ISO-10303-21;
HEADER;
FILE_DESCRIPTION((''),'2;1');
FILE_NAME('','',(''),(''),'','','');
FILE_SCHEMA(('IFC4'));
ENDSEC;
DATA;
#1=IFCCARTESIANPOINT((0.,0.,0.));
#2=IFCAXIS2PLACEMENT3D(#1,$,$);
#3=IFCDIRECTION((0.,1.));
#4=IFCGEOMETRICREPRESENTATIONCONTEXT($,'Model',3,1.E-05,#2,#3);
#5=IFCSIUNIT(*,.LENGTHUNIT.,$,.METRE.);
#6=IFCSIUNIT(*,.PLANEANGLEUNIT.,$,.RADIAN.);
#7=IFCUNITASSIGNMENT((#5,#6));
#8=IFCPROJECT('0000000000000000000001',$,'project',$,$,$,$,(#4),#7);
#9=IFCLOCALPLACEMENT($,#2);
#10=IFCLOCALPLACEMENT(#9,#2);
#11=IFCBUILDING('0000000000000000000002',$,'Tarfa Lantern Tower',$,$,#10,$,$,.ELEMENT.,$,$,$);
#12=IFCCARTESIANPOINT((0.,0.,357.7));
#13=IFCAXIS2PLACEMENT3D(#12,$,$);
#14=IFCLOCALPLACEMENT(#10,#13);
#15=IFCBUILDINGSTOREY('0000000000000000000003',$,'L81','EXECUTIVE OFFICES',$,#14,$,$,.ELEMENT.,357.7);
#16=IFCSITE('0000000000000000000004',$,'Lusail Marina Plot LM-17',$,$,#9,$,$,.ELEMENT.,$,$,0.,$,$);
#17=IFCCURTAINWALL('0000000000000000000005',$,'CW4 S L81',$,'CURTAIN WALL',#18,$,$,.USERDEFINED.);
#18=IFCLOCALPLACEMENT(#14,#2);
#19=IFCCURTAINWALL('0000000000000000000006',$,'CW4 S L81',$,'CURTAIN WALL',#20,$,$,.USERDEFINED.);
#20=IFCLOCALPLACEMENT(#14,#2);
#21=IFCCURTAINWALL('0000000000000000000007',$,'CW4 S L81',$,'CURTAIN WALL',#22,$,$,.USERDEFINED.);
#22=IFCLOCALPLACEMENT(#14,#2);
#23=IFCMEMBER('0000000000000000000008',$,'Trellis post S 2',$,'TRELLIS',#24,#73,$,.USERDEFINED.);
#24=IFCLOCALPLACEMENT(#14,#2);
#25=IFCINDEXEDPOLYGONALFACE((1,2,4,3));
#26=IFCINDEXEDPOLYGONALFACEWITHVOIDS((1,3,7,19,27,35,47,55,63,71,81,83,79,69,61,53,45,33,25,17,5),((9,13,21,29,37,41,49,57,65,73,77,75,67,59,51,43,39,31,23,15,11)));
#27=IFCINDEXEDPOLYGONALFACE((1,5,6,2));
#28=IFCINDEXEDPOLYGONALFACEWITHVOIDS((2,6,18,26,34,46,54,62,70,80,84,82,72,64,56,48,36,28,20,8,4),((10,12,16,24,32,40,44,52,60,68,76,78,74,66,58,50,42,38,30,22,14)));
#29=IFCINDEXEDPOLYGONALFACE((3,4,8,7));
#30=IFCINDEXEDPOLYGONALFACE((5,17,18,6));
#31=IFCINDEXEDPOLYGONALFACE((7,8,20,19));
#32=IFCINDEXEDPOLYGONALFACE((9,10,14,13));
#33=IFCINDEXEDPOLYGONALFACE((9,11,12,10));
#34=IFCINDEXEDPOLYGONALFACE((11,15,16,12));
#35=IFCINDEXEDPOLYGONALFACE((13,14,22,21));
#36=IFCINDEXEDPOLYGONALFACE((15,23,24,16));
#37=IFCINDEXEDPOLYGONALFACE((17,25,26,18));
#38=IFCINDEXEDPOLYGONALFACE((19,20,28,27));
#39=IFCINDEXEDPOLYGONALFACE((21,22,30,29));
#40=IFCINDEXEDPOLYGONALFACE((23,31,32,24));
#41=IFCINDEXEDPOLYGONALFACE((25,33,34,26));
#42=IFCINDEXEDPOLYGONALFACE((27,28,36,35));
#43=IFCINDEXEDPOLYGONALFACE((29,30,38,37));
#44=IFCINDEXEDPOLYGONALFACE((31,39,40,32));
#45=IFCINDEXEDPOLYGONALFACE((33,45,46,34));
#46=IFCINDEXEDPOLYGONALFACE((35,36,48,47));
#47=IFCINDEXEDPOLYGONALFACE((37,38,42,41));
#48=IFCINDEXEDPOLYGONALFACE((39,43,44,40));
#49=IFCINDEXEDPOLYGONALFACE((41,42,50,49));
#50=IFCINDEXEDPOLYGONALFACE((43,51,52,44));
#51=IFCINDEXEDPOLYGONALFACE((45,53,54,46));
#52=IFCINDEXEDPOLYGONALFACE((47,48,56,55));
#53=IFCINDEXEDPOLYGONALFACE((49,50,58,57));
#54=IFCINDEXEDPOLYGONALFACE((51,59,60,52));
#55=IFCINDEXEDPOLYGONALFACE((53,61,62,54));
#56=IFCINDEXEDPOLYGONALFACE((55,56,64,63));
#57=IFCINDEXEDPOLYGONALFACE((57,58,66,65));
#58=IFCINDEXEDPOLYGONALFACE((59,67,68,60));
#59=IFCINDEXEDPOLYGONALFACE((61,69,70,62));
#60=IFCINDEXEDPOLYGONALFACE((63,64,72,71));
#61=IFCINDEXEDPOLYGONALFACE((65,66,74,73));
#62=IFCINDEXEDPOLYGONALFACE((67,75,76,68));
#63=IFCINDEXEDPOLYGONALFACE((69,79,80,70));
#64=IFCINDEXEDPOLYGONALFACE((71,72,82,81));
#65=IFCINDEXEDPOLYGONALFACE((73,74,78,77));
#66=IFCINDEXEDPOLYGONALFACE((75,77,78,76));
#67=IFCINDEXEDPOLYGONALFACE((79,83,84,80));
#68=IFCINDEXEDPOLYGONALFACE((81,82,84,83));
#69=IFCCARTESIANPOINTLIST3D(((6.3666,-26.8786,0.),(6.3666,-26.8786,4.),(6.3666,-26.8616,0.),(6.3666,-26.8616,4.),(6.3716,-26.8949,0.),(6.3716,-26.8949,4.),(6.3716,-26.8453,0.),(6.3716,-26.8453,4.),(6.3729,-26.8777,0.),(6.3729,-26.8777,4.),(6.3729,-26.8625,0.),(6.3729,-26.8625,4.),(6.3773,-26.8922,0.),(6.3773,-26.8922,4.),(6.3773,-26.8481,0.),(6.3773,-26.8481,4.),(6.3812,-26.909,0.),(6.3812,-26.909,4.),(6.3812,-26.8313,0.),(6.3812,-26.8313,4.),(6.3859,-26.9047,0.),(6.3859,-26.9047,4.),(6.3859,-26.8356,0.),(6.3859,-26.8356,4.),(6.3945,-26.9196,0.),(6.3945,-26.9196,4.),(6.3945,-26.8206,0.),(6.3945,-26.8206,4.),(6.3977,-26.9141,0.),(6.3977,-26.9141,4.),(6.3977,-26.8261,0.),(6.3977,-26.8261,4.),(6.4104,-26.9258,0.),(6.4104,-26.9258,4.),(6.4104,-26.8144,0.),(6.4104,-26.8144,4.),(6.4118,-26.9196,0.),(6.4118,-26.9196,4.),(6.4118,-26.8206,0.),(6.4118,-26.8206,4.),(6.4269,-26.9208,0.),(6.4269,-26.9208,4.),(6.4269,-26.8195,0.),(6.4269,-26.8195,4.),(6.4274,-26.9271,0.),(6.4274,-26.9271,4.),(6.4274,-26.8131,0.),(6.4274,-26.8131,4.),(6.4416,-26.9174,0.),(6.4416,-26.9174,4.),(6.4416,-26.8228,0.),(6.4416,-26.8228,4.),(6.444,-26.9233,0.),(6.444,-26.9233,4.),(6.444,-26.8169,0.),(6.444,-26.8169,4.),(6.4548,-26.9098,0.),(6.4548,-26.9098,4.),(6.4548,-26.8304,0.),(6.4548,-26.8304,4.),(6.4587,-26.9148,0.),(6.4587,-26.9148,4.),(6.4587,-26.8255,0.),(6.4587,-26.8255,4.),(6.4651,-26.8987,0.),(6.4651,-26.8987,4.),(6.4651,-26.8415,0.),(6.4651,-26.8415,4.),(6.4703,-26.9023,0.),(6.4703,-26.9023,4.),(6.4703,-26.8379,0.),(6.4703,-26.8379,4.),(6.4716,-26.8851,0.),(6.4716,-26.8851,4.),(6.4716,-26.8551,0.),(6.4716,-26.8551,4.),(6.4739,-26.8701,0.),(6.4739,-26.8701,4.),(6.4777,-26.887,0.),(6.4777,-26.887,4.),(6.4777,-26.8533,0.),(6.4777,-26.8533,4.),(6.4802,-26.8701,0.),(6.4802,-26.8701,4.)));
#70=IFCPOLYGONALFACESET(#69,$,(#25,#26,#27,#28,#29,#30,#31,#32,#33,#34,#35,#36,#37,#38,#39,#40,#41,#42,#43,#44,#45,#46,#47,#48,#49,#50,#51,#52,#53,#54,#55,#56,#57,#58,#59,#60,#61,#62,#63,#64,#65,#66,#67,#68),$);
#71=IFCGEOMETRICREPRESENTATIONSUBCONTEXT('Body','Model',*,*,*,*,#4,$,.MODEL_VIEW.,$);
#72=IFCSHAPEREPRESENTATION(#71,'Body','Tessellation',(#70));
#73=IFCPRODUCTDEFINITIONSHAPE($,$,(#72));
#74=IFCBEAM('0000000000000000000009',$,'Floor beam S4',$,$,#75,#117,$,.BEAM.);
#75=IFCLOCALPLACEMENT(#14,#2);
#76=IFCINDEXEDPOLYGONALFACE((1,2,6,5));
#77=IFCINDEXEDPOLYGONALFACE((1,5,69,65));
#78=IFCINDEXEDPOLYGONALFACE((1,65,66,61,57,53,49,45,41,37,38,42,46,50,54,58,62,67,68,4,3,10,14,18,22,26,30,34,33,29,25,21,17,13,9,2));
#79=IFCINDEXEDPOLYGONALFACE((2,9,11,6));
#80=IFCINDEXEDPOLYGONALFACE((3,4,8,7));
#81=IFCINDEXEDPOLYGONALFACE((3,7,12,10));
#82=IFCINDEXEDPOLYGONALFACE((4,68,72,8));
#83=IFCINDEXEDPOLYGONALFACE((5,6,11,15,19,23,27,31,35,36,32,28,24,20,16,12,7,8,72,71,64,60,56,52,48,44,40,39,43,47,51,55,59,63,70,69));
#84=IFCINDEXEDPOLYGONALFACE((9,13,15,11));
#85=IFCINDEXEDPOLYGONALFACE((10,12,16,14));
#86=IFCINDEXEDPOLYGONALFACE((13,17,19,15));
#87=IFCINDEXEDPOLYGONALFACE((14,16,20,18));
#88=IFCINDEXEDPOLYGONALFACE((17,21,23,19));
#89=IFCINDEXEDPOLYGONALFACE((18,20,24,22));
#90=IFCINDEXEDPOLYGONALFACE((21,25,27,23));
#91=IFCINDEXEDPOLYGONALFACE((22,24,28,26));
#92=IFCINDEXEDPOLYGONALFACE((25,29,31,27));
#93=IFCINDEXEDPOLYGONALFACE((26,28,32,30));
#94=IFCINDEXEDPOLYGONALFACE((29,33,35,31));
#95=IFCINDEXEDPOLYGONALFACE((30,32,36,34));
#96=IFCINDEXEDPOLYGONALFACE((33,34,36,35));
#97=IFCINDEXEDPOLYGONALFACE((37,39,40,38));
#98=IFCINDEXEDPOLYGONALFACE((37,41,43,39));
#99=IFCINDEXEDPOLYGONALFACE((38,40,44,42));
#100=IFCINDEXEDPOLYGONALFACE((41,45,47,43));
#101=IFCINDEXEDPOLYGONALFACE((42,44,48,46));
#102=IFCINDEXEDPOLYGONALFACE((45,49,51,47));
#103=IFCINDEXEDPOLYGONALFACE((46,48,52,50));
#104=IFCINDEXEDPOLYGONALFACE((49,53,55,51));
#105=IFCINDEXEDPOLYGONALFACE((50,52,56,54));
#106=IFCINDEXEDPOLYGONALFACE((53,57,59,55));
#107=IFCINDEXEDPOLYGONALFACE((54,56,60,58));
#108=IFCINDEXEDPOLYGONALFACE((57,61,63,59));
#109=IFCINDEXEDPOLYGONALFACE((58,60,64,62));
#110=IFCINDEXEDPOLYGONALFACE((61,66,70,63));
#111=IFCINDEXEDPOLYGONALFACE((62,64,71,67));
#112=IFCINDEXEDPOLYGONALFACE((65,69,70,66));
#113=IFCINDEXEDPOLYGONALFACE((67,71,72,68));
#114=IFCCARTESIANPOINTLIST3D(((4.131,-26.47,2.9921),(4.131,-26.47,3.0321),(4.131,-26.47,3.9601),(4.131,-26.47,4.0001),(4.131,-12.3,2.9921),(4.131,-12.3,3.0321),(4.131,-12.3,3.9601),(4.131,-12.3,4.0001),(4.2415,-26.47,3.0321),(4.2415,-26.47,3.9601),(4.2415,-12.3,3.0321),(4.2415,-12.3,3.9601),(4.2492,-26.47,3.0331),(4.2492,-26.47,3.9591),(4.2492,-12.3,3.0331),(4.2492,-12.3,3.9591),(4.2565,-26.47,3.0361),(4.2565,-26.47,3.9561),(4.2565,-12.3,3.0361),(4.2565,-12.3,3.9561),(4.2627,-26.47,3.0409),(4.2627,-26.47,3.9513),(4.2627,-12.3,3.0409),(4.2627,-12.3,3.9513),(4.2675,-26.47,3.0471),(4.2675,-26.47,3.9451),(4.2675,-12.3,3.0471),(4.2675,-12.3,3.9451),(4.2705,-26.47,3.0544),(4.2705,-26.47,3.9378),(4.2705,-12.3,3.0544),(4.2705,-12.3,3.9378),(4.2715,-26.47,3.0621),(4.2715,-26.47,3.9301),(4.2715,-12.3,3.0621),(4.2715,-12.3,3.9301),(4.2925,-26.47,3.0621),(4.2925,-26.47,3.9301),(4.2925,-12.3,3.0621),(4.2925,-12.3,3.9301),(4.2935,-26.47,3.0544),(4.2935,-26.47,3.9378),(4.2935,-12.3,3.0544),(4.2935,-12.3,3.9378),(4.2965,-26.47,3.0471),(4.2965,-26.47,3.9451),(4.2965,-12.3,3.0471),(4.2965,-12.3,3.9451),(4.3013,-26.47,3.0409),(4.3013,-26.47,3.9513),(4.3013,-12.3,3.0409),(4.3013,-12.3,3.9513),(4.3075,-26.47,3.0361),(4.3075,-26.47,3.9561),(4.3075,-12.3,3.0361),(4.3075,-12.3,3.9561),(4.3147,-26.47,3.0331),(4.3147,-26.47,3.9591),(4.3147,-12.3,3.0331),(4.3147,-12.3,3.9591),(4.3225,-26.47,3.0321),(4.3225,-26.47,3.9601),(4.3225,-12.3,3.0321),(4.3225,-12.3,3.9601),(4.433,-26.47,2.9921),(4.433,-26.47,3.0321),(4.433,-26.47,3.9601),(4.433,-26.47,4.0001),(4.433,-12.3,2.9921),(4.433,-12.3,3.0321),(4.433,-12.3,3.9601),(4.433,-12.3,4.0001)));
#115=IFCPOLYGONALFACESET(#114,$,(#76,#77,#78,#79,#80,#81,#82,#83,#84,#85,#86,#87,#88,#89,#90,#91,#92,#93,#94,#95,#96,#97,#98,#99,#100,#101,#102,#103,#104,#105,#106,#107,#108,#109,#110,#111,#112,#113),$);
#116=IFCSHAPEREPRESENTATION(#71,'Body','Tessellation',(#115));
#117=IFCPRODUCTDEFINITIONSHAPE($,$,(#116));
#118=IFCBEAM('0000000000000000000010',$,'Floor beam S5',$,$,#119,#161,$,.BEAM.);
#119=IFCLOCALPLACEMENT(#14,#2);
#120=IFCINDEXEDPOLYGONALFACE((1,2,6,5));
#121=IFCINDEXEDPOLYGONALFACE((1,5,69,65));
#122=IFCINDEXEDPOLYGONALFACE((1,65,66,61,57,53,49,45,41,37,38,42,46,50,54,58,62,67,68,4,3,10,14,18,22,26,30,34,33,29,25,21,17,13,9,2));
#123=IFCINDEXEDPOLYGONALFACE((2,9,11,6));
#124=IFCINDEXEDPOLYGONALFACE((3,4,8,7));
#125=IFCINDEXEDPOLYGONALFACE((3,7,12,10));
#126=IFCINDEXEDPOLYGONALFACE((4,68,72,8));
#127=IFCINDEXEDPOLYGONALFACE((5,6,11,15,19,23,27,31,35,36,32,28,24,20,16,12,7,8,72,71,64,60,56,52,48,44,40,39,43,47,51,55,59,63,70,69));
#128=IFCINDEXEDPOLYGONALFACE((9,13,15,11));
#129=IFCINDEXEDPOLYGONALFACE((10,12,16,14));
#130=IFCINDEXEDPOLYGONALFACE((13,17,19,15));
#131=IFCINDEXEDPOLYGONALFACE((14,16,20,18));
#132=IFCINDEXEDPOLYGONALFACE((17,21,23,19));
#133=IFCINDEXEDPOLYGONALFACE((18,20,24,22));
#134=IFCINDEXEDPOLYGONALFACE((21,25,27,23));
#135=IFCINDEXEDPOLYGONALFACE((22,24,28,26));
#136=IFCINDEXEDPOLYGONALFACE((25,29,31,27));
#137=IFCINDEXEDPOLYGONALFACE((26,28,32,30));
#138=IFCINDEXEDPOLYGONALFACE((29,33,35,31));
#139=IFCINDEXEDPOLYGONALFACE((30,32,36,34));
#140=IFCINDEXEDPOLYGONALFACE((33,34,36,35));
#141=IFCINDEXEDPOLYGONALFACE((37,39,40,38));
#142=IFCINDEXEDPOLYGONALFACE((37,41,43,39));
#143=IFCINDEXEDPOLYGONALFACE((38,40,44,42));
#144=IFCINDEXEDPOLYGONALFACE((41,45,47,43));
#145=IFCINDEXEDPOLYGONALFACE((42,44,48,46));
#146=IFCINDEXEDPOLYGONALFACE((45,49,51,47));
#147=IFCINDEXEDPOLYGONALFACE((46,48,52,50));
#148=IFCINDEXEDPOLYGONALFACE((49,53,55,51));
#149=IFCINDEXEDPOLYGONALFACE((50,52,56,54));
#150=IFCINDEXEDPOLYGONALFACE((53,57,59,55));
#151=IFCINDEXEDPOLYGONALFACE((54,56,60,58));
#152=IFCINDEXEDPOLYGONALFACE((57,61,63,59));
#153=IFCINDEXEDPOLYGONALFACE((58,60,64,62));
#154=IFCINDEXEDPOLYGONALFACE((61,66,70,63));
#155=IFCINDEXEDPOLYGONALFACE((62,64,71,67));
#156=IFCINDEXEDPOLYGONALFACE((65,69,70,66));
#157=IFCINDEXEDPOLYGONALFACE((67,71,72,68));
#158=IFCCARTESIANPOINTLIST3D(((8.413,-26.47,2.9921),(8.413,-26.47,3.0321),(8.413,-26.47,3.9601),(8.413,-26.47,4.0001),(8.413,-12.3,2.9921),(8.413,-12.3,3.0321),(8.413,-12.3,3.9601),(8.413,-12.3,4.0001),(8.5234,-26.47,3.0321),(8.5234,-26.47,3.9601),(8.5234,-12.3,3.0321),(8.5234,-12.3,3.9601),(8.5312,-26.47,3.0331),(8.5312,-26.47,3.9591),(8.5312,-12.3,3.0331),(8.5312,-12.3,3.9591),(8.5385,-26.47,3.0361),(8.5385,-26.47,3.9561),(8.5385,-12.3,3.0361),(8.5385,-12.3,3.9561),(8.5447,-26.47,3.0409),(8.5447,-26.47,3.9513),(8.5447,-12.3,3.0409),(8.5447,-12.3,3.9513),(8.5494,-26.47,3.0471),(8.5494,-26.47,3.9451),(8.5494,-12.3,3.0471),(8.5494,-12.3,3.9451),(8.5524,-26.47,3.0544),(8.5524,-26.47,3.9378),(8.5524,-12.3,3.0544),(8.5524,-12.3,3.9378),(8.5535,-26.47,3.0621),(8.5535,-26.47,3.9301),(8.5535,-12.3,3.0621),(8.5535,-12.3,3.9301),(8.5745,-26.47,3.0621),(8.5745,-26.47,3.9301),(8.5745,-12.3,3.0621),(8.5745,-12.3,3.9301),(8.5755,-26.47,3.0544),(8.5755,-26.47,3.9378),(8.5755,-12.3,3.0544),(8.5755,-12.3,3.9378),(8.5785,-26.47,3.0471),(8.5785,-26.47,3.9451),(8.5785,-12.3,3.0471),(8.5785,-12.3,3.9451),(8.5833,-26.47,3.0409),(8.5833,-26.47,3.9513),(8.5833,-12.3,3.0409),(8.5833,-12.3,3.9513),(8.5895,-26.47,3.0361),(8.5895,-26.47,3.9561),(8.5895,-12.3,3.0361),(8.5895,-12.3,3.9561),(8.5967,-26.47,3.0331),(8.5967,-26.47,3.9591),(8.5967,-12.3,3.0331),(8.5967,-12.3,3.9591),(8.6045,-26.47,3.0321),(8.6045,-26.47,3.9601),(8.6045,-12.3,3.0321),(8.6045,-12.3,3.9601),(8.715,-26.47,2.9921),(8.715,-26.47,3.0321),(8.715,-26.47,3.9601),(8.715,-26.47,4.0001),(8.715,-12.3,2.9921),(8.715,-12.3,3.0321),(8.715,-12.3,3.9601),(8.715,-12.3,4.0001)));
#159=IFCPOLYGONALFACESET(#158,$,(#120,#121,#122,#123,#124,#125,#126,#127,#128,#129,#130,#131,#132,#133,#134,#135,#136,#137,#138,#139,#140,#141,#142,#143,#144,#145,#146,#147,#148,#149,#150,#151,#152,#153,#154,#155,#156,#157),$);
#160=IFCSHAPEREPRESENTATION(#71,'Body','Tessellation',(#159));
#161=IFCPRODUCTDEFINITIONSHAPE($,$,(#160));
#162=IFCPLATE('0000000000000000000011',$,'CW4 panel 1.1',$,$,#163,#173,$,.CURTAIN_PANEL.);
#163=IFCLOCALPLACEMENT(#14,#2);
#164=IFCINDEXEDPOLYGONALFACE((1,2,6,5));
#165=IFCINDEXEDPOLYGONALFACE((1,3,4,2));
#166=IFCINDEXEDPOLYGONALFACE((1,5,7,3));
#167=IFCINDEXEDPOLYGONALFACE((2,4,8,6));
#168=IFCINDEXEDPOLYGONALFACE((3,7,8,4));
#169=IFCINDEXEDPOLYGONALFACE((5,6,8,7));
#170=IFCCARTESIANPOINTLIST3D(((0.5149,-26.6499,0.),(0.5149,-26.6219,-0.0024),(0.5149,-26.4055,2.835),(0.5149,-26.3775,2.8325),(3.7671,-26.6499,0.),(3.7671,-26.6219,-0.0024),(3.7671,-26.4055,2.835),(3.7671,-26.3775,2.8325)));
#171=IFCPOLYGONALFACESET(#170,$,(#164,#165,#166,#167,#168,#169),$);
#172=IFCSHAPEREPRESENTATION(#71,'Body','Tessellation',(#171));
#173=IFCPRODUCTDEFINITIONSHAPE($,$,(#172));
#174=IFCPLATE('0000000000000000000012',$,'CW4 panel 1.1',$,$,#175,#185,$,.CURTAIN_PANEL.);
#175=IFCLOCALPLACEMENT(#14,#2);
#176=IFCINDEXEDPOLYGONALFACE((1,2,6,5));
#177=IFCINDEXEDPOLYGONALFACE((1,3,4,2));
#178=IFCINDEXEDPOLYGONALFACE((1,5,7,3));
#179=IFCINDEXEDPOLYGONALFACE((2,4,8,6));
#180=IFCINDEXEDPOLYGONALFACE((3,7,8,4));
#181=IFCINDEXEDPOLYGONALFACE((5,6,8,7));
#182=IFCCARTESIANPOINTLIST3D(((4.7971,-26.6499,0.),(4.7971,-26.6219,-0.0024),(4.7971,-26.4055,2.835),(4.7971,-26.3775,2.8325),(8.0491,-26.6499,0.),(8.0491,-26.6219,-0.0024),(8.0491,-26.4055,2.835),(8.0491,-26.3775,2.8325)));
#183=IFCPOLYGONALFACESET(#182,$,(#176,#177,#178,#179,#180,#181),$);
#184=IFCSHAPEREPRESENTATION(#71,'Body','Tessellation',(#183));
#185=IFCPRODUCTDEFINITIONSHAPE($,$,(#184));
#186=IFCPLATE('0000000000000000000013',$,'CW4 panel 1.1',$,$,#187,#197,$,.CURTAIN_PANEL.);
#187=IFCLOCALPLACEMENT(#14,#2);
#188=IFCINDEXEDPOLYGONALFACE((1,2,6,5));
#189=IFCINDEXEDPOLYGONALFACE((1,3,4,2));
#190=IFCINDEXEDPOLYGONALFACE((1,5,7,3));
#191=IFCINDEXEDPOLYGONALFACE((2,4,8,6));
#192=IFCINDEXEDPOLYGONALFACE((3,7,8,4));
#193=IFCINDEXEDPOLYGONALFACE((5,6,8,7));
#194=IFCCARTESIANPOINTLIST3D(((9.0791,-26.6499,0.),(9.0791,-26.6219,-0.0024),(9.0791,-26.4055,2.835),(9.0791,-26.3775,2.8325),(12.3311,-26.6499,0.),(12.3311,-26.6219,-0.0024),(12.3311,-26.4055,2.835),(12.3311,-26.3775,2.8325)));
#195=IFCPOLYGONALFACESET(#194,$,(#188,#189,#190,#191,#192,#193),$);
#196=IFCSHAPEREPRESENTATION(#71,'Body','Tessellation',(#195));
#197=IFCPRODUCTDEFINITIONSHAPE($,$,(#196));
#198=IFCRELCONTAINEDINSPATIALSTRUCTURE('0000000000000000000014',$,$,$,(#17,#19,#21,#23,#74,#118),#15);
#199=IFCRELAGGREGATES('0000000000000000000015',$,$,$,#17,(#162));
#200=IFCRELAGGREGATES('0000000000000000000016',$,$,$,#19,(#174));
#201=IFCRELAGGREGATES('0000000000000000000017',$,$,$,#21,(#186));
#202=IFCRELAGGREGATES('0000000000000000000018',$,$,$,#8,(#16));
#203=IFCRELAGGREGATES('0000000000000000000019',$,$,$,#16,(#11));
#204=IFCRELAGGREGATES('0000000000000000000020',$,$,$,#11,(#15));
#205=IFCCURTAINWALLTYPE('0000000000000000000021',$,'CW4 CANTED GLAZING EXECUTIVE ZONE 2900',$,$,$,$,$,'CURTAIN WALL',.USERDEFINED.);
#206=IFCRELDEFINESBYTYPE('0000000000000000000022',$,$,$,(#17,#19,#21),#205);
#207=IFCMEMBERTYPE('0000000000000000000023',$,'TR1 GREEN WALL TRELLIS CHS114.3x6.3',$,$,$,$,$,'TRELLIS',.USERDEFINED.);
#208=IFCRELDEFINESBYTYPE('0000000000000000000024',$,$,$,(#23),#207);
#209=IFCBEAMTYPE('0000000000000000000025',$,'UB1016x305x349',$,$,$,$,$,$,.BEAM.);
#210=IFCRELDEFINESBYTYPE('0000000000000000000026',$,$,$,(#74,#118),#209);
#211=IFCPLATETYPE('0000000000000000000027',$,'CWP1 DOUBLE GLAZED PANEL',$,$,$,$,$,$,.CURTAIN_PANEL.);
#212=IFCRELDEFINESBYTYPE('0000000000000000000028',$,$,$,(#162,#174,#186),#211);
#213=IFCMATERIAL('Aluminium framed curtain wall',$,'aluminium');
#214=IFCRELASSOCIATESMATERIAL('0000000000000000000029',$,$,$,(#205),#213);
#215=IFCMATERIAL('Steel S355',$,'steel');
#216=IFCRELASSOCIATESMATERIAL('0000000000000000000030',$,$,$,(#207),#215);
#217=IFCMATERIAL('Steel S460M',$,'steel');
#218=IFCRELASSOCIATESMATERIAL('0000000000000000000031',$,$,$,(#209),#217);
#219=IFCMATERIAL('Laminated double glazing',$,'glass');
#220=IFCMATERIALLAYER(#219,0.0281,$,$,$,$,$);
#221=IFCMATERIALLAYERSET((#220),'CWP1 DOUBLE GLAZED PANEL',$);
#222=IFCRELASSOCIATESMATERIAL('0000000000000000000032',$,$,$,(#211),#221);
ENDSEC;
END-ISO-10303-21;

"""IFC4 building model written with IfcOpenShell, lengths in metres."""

from ifc_helpers import new_model, si_unit, direction, frame, origin, origin_2d, place, context, subcontext, project, spatial, polyline, hollow_circle, i_section, outline, extrude, material, layer, layer_set, material_profile, profile_set, type_object, element, aggregate, save


model = new_model("IFC4")

# Units and contexts
model_context = context("Model", 3, precision=1e-05, world=origin(), true_north=direction((0.0, 1.0)))
body_context = subcontext(model_context, "Body", "Model", "MODEL_VIEW")
ifc_project = project(units=[si_unit("LENGTHUNIT", "METRE"), si_unit("PLANEANGLEUNIT", "RADIAN")], contexts=[model_context])

# Site, building, storey
site_placement = place(None, origin())
site = spatial("IfcSite", under=ifc_project, at=site_placement, Name="Lusail Marina Plot LM-17", CompositionType="ELEMENT", RefElevation=0.0)
building_placement = place(site_placement, origin())
building = spatial("IfcBuilding", under=site, at=building_placement, Name="Tarfa Lantern Tower", CompositionType="ELEMENT")
storey_placement = place(building_placement, frame((0.0, 0.0, 357.7)))
storey = spatial("IfcBuildingStorey", under=building, at=storey_placement, Name="L81", Description="EXECUTIVE OFFICES", CompositionType="ELEMENT", Elevation=357.7)

# Curtain walls
ifc_material_1 = material(Name="Aluminium framed curtain wall", Category="aluminium")
curtain_wall_type = type_object("IfcCurtainWallType", Name="CW4 CANTED GLAZING EXECUTIVE ZONE 2900", ElementType="CURTAIN WALL", PredefinedType="USERDEFINED", material=ifc_material_1)
curtain_wall_1_placement = place(storey_placement, origin())
curtain_wall_1 = element("IfcCurtainWall", 1, at=curtain_wall_1_placement, inside=storey, type_object=curtain_wall_type, Name="CW4 S L81", ObjectType="CURTAIN WALL", PredefinedType="USERDEFINED")
curtain_wall_2_placement = place(storey_placement, origin())
curtain_wall_2 = element("IfcCurtainWall", 2, at=curtain_wall_2_placement, inside=storey, type_object=curtain_wall_type, Name="CW4 S L81", ObjectType="CURTAIN WALL", PredefinedType="USERDEFINED")

# Curtain wall
curtain_wall_3_placement = place(storey_placement, origin())
curtain_wall_3 = element("IfcCurtainWall", 3, at=curtain_wall_3_placement, inside=storey, type_object=curtain_wall_type, Name="CW4 S L81", ObjectType="CURTAIN WALL", PredefinedType="USERDEFINED")

# Member
ifc_material_2 = material(Name="Steel S355", Category="steel")
ifc_material_profile_1 = material_profile(ifc_material_2, hollow_circle(Radius=0.0571, WallThickness=0.0063, at=origin_2d()), Name="CHS114.3x6.3")
ifc_profile_set_1 = profile_set([ifc_material_profile_1], Name="Steel S355")
member_type_1 = type_object("IfcMemberType", Name="TR1 GREEN WALL TRELLIS CHS114.3x6.3", ElementType="TRELLIS", PredefinedType="USERDEFINED", material=ifc_profile_set_1)
member_1_placement = place(storey_placement, frame((6.4231, -26.8701, 0.0), z_axis=(0.0, 0.0, 1.0), x_axis=(1.0, 0.0, 0.0)))
element("IfcMember", 4, at=member_1_placement, inside=storey, type_object=member_type_1, Name="Trellis post S 2", ObjectType="TRELLIS", PredefinedType="USERDEFINED", context=body_context, shape_type="SweptSolid", body=[
    extrude(hollow_circle(Radius=0.0571, WallThickness=0.0063, at=origin_2d()), origin(), (0.0, 0.0, 1.0), 4.0),
])

# Beams
ifc_material_3 = material(Name="Steel S460M", Category="steel")
ifc_material_profile_2 = material_profile(ifc_material_3, i_section(OverallWidth=0.302, OverallDepth=1.0081, WebThickness=0.021, FlangeThickness=0.04, FilletRadius=0.03, at=origin_2d()), Name="UB1016x305x349")
ifc_profile_set_2 = profile_set([ifc_material_profile_2], Name="Steel S460M")
beam_type_1 = type_object("IfcBeamType", Name="UB1016x305x349", PredefinedType="BEAM", material=ifc_profile_set_2)
for number, where, z_axis, x_axis, name in (
    (5, (4.282, -26.47, 3.4961), (0.0, 1.0, 0.0), (-1.0, 0.0, 0.0), "Floor beam S4"),
    (6, (8.564, -26.47, 3.4961), (0.0, 1.0, 0.0), (-1.0, 0.0, 0.0), "Floor beam S5"),
):
    element("IfcBeam", number, at=place(storey_placement, frame(where, z_axis=z_axis, x_axis=x_axis)), inside=storey, type_object=beam_type_1, Name=name, PredefinedType="BEAM", context=body_context, shape_type="SweptSolid", body=[
        extrude(i_section(OverallWidth=0.302, OverallDepth=1.0081, WebThickness=0.021, FlangeThickness=0.04, FilletRadius=0.03, at=origin_2d()), origin(), (0.0, 0.0, 1.0), 14.1699),
    ])

# Plates
ifc_material_4 = material(Name="Laminated double glazing", Category="glass")
ifc_layer_1 = layer(ifc_material_4, 0.0281)
ifc_layer_set_1 = layer_set([ifc_layer_1], Name="CWP1 DOUBLE GLAZED PANEL")
plate_type = type_object("IfcPlateType", Name="CWP1 DOUBLE GLAZED PANEL", PredefinedType="CURTAIN_PANEL", material=ifc_layer_set_1)
plate_1_placement = place(storey_placement, frame((0.5149, -26.6499, 0.0), z_axis=(0.0, -0.996305, 0.085885), x_axis=(1.0, 0.0, 0.0)))
plate_1 = element("IfcPlate", 7, at=plate_1_placement, type_object=plate_type, Name="CW4 panel 1.1", PredefinedType="CURTAIN_PANEL", context=body_context, shape_type="SweptSolid", body=[
    extrude(outline(polyline([(0.0, 0.0), (3.2522, 0.0), (3.2522, 2.8455), (0.0, 2.8455), (0.0, 0.0)])), origin(), (0.0, 0.0, -1.0), 0.0281),
])
aggregate(curtain_wall_1, [plate_1])
plate_2_placement = place(storey_placement, frame((4.7971, -26.6499, 0.0), z_axis=(0.0, -0.996305, 0.085885), x_axis=(1.0, 0.0, 0.0)))
plate_2 = element("IfcPlate", 8, at=plate_2_placement, type_object=plate_type, Name="CW4 panel 1.1", PredefinedType="CURTAIN_PANEL", context=body_context, shape_type="SweptSolid", body=[
    extrude(outline(polyline([(0.0, 0.0), (3.252, 0.0), (3.252, 2.8455), (0.0, 2.8455), (0.0, 0.0)])), origin(), (0.0, 0.0, -1.0), 0.0281),
])
aggregate(curtain_wall_2, [plate_2])
plate_3_placement = place(storey_placement, frame((9.0791, -26.6499, 0.0), z_axis=(0.0, -0.996305, 0.085885), x_axis=(1.0, 0.0, 0.0)))
plate_3 = element("IfcPlate", 9, at=plate_3_placement, type_object=plate_type, Name="CW4 panel 1.1", PredefinedType="CURTAIN_PANEL", context=body_context, shape_type="SweptSolid", body=[
    extrude(outline(polyline([(0.0, 0.0), (3.252, 0.0), (3.252, 2.8455), (0.0, 2.8455), (0.0, 0.0)])), origin(), (0.0, 0.0, -1.0), 0.0281),
])
aggregate(curtain_wall_3, [plate_3])

save(model, "model.ifc")
